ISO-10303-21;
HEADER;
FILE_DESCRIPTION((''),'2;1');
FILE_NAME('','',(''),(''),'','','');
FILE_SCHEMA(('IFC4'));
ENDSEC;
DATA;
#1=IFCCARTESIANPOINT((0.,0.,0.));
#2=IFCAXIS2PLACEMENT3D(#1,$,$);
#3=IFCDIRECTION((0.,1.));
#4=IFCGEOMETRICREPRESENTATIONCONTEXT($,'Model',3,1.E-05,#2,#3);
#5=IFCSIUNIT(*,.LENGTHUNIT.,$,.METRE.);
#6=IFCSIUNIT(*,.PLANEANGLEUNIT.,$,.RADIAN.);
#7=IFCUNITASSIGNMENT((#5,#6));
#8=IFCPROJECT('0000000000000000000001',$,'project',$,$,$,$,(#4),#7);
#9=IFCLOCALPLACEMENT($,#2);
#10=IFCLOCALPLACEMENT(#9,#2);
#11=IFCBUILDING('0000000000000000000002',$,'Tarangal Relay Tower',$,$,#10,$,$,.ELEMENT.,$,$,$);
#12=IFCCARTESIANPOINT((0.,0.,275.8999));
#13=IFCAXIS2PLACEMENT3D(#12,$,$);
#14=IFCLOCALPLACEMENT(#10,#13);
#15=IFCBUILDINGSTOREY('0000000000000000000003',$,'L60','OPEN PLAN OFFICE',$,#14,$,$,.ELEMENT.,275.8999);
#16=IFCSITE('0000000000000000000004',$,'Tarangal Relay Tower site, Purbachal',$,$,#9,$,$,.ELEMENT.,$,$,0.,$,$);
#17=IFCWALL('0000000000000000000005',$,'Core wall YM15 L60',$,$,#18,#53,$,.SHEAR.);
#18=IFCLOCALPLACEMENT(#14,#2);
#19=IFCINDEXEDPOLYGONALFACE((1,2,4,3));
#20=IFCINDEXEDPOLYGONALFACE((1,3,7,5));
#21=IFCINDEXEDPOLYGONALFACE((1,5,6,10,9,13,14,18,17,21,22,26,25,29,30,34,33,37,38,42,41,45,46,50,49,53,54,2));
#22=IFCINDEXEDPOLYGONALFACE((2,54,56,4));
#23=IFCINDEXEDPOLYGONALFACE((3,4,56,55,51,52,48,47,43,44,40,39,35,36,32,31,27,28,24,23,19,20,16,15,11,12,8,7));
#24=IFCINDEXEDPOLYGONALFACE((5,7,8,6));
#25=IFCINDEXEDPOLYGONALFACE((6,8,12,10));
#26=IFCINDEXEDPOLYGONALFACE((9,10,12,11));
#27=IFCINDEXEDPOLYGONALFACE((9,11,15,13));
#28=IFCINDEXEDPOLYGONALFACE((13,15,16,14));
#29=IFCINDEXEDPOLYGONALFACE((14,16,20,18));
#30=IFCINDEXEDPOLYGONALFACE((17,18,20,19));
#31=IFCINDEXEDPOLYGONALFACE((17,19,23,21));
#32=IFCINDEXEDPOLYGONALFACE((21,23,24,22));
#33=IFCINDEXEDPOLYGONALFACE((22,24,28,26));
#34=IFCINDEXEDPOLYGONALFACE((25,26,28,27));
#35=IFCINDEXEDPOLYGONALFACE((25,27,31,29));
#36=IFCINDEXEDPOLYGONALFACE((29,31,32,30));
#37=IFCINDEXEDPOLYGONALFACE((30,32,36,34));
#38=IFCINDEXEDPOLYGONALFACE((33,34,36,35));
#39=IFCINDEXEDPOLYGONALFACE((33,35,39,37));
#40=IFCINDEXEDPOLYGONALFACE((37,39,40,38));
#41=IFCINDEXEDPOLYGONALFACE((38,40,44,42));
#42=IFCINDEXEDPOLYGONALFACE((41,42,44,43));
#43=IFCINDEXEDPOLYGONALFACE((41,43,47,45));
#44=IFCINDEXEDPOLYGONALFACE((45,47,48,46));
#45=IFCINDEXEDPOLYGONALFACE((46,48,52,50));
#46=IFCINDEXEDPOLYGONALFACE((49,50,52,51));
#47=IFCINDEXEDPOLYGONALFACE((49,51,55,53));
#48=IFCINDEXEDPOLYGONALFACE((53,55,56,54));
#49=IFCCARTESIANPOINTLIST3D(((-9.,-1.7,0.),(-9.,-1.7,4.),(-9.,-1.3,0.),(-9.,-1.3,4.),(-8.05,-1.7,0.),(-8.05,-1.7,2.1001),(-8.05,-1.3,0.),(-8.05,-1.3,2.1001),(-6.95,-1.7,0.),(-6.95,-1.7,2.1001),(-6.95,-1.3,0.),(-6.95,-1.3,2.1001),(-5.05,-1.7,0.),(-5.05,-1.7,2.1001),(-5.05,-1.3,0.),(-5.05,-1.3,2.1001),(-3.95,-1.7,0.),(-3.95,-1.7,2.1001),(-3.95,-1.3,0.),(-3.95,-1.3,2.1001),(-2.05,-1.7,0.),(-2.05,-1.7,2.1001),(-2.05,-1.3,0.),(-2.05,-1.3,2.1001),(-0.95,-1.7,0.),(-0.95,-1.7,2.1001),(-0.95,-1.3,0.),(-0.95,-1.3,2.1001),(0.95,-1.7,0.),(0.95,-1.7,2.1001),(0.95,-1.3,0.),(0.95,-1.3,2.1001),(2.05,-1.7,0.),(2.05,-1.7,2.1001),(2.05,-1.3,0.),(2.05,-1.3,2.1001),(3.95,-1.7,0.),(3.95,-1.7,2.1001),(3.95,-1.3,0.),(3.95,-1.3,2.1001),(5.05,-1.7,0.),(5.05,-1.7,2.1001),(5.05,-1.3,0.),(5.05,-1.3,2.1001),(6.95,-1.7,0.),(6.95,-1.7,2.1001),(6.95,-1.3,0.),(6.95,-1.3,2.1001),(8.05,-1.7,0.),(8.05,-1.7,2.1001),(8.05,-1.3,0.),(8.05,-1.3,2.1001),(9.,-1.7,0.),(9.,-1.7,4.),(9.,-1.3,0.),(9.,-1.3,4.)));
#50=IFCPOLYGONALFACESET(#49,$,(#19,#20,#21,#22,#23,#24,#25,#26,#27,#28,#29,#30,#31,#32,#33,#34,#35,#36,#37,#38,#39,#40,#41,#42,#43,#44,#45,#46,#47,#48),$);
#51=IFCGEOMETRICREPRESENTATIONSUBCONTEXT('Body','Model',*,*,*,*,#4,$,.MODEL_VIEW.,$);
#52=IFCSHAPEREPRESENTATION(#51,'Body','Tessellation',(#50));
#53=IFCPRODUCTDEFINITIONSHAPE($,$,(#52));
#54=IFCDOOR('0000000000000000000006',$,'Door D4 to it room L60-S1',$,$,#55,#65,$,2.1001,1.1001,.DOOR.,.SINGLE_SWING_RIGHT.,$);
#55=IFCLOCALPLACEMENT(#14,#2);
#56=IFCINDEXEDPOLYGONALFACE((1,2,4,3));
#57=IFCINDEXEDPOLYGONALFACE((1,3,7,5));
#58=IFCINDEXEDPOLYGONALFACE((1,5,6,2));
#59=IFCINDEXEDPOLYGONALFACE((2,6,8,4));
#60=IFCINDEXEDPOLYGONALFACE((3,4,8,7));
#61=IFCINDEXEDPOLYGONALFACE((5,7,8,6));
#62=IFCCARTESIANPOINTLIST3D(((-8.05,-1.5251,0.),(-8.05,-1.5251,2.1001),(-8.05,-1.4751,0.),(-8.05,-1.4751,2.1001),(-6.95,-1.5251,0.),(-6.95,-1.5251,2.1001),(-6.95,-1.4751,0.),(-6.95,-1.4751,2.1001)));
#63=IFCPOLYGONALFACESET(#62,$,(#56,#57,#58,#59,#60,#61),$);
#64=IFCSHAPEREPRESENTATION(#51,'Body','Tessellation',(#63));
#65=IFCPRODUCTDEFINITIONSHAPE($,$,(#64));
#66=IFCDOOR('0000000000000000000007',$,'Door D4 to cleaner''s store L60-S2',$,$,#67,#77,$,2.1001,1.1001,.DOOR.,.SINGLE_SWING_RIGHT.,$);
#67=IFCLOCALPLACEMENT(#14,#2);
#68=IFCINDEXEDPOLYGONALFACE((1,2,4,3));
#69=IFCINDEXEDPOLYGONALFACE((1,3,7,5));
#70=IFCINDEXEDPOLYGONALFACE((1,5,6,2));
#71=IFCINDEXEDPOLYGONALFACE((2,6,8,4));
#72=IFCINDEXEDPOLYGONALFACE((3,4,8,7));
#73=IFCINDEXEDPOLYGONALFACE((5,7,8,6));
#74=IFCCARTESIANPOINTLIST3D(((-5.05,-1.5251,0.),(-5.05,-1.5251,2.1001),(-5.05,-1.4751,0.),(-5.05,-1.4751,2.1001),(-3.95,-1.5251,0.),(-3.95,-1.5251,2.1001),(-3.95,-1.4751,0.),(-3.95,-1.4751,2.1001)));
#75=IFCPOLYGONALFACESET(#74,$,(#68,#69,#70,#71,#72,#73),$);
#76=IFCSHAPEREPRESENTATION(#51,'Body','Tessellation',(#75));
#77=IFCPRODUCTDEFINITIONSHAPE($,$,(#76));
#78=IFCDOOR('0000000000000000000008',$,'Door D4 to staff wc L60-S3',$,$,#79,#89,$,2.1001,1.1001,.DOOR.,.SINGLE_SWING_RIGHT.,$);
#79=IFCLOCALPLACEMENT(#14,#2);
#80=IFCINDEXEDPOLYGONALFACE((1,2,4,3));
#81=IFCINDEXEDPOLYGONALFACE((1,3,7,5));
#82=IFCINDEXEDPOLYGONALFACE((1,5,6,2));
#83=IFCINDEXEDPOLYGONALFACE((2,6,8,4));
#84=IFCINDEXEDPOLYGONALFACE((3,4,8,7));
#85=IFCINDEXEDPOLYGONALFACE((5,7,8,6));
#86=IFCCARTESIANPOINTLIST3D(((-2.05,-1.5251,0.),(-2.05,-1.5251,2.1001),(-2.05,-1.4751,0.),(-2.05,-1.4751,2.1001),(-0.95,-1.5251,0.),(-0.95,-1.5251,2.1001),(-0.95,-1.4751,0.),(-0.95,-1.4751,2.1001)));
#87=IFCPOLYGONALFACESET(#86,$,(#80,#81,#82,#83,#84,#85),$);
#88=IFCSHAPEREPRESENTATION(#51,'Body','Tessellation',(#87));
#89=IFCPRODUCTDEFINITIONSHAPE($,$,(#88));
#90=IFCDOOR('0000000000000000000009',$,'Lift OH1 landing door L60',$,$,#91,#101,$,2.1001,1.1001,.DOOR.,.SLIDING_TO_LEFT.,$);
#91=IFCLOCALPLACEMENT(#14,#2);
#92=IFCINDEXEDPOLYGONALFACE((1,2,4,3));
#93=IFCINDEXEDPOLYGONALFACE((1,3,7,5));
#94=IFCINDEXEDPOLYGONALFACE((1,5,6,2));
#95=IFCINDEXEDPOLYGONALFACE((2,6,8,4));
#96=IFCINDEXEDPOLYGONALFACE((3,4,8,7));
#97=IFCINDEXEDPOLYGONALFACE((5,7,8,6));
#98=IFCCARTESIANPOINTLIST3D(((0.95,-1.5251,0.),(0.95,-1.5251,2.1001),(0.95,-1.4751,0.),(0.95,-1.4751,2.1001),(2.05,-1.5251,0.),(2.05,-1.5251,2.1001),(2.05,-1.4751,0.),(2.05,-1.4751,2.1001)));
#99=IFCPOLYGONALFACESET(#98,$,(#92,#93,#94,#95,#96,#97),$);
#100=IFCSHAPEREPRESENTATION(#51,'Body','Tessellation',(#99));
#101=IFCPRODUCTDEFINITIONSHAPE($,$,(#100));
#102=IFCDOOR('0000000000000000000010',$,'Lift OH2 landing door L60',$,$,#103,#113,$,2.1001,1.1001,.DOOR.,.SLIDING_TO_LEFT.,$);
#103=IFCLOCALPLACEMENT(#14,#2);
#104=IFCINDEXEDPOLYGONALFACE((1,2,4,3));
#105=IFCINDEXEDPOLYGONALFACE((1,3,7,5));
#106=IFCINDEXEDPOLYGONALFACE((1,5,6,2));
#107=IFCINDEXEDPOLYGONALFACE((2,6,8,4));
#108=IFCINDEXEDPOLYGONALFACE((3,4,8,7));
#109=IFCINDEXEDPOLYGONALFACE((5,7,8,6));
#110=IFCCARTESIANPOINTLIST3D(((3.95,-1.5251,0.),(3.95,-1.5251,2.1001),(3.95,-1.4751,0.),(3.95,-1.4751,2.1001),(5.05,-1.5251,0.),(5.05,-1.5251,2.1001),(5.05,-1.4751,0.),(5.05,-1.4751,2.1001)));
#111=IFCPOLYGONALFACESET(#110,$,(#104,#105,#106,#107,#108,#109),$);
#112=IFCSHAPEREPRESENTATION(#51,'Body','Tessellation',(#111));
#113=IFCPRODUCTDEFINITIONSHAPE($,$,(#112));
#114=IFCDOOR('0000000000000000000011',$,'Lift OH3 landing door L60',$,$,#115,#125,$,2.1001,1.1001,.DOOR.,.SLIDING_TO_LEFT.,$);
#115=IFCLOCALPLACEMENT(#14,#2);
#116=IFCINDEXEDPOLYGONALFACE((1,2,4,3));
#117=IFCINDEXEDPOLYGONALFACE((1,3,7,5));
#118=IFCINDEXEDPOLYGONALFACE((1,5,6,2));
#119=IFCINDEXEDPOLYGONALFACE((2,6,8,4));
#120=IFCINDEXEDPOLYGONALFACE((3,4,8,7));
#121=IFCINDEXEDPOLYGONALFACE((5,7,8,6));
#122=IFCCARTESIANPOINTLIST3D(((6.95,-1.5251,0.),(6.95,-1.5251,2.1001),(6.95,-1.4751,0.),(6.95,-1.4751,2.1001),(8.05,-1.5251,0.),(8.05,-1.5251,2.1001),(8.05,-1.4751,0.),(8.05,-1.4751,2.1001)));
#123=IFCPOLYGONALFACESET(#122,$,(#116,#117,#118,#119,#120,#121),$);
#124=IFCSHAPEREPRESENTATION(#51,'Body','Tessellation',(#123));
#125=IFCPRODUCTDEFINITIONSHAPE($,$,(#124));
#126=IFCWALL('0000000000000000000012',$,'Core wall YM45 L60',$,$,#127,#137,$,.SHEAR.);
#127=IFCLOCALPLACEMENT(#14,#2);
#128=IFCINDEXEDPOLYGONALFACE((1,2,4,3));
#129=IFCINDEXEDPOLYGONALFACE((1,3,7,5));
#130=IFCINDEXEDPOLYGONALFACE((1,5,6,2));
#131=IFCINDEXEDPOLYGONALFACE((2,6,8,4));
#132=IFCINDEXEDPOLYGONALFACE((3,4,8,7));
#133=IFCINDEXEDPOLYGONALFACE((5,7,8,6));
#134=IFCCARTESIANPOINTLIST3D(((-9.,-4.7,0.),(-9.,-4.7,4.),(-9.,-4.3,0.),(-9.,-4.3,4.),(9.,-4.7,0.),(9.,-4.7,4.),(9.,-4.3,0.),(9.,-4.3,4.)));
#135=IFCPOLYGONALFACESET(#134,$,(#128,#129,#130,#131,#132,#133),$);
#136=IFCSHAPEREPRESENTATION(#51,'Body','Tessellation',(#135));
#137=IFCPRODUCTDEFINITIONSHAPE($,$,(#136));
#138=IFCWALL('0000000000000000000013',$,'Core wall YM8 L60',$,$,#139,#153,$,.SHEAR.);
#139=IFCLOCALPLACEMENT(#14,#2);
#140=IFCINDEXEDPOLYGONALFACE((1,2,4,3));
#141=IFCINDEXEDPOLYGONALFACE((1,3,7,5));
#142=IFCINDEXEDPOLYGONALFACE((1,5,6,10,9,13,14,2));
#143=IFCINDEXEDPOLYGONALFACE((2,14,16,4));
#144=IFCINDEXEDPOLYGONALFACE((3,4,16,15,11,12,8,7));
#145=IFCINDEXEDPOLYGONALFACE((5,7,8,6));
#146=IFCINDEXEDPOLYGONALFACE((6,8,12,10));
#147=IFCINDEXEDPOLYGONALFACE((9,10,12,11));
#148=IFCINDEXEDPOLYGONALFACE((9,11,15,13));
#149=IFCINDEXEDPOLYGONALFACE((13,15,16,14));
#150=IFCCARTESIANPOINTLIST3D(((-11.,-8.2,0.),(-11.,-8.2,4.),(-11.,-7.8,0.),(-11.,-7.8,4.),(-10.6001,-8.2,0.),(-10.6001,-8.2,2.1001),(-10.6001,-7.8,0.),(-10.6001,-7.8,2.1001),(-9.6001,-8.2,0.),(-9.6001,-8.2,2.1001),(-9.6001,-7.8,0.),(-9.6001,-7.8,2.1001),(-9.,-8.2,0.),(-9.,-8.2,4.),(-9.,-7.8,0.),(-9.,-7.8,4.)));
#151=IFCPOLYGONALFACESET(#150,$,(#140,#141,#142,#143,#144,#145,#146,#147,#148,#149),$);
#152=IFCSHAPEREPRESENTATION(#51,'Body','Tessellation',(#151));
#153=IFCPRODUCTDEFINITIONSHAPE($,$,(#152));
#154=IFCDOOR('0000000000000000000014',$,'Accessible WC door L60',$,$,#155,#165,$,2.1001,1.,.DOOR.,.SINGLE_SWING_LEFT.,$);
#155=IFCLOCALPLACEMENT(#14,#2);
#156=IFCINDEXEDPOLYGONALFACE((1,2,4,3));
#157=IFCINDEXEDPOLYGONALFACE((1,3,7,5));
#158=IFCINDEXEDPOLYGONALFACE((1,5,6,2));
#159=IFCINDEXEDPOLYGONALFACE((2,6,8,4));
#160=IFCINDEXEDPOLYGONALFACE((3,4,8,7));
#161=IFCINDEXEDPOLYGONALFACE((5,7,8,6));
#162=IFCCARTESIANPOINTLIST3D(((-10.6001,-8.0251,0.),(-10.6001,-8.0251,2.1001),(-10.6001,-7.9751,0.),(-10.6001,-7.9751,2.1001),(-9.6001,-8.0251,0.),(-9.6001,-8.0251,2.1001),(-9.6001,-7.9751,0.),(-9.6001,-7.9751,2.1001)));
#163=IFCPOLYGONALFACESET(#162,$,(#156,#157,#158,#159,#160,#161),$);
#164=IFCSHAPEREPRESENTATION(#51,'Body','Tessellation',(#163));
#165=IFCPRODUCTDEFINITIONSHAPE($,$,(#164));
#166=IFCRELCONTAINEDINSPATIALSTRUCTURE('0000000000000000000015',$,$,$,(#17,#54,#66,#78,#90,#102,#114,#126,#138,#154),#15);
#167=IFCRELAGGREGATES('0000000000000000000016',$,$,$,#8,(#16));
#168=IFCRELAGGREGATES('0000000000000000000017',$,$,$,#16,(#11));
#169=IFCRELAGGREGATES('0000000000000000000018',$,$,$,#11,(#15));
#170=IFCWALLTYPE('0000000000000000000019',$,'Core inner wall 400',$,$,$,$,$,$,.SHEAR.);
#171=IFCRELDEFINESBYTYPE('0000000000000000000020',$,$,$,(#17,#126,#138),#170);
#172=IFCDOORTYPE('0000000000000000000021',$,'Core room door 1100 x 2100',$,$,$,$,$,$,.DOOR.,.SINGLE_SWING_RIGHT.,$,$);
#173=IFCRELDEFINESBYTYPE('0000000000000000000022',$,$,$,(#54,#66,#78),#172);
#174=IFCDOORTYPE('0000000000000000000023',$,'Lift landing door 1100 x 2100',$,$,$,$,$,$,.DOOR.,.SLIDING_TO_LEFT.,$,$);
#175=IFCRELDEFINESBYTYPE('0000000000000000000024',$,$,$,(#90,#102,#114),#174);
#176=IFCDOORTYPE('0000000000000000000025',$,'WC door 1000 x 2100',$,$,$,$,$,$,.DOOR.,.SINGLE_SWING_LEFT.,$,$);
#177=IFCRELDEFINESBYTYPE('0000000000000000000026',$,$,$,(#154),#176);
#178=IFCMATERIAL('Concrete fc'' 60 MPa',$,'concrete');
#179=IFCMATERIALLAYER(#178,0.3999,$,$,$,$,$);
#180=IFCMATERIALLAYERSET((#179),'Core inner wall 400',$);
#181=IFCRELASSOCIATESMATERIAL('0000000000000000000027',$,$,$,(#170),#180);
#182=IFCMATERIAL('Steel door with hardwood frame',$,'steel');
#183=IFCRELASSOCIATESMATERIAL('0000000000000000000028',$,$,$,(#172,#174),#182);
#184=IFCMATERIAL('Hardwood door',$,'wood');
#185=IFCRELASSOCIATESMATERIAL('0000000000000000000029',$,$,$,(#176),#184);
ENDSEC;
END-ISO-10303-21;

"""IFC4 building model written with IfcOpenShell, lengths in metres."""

from ifc_helpers import new_model, si_unit, direction, frame, frame_2d, origin, place, context, subcontext, project, spatial, rectangle, extrude, material, layer, layer_set, type_object, element, fill, save


model = new_model("IFC4")

# Units and contexts
model_context = context("Model", 3, precision=1e-05, world=origin(), true_north=direction((0.0, 1.0)))
body_context = subcontext(model_context, "Body", "Model", "MODEL_VIEW")
ifc_project = project(units=[si_unit("LENGTHUNIT", "METRE"), si_unit("PLANEANGLEUNIT", "RADIAN")], contexts=[model_context])

# Site, building, storey
site_placement = place(None, origin())
site = spatial("IfcSite", under=ifc_project, at=site_placement, Name="Tarangal Relay Tower site, Purbachal", CompositionType="ELEMENT", RefElevation=0.0)
building_placement = place(site_placement, origin())
building = spatial("IfcBuilding", under=site, at=building_placement, Name="Tarangal Relay Tower", CompositionType="ELEMENT")
storey_placement = place(building_placement, frame((0.0, 0.0, 275.8999)))
storey = spatial("IfcBuildingStorey", under=building, at=storey_placement, Name="L60", Description="OPEN PLAN OFFICE", CompositionType="ELEMENT", Elevation=275.8999)

# Wall, openings, doors
ifc_material_1 = material(Name="Concrete fc' 60 MPa", Category="concrete")
ifc_layer_1 = layer(ifc_material_1, 0.3999)
ifc_layer_set_1 = layer_set([ifc_layer_1], Name="Core inner wall 400")
wall_type_1 = type_object("IfcWallType", Name="Core inner wall 400", PredefinedType="SHEAR", material=ifc_layer_set_1)
wall_1_placement = place(storey_placement, frame((-9.0, -1.5, 0.0), z_axis=(0.0, 0.0, 1.0), x_axis=(1.0, 0.0, 0.0)))
wall_1 = element("IfcWall", 1, at=wall_1_placement, inside=storey, type_object=wall_type_1, Name="Core wall YM15 L60", PredefinedType="SHEAR", context=body_context, shape_type="SweptSolid", body=[
    extrude(rectangle(XDim=18.0, YDim=0.3999, at=frame_2d((9.0, 0.0))), origin(), (0.0, 0.0, 1.0), 4.0),
])
opening_1_placement = place(wall_1_placement, frame((9.95, 0.0, 0.0)))
opening_1 = element("IfcOpeningElement", 2, at=opening_1_placement, cuts=wall_1, PredefinedType="OPENING", context=body_context, shape_type="SweptSolid", body=[
    extrude(rectangle(XDim=1.1001, YDim=2.1001, at=frame_2d((0.55, 1.05))), frame((0.0, 0.21, 0.0), z_axis=(0.0, -1.0, 0.0), x_axis=(1.0, 0.0, 0.0)), (0.0, 0.0, 1.0), 0.4199),
])
opening_2_placement = place(wall_1_placement, frame((12.95, 0.0, 0.0)))
opening_2 = element("IfcOpeningElement", 3, at=opening_2_placement, cuts=wall_1, PredefinedType="OPENING", context=body_context, shape_type="SweptSolid", body=[
    extrude(rectangle(XDim=1.1001, YDim=2.1001, at=frame_2d((0.55, 1.05))), frame((0.0, 0.21, 0.0), z_axis=(0.0, -1.0, 0.0), x_axis=(1.0, 0.0, 0.0)), (0.0, 0.0, 1.0), 0.4199),
])
opening_3_placement = place(wall_1_placement, frame((15.95, 0.0, 0.0)))
opening_3 = element("IfcOpeningElement", 4, at=opening_3_placement, cuts=wall_1, PredefinedType="OPENING", context=body_context, shape_type="SweptSolid", body=[
    extrude(rectangle(XDim=1.1001, YDim=2.1001, at=frame_2d((0.55, 1.05))), frame((0.0, 0.21, 0.0), z_axis=(0.0, -1.0, 0.0), x_axis=(1.0, 0.0, 0.0)), (0.0, 0.0, 1.0), 0.4199),
])
opening_4_placement = place(wall_1_placement, frame((0.95, 0.0, 0.0)))
opening_4 = element("IfcOpeningElement", 5, at=opening_4_placement, cuts=wall_1, PredefinedType="OPENING", context=body_context, shape_type="SweptSolid", body=[
    extrude(rectangle(XDim=1.1001, YDim=2.1001, at=frame_2d((0.55, 1.05))), frame((0.0, 0.21, 0.0), z_axis=(0.0, -1.0, 0.0), x_axis=(1.0, 0.0, 0.0)), (0.0, 0.0, 1.0), 0.4199),
])
opening_5_placement = place(wall_1_placement, frame((3.95, 0.0, 0.0)))
opening_5 = element("IfcOpeningElement", 6, at=opening_5_placement, cuts=wall_1, PredefinedType="OPENING", context=body_context, shape_type="SweptSolid", body=[
    extrude(rectangle(XDim=1.1001, YDim=2.1001, at=frame_2d((0.55, 1.05))), frame((0.0, 0.21, 0.0), z_axis=(0.0, -1.0, 0.0), x_axis=(1.0, 0.0, 0.0)), (0.0, 0.0, 1.0), 0.4199),
])
opening_6_placement = place(wall_1_placement, frame((6.95, 0.0, 0.0)))
opening_6 = element("IfcOpeningElement", 7, at=opening_6_placement, cuts=wall_1, PredefinedType="OPENING", context=body_context, shape_type="SweptSolid", body=[
    extrude(rectangle(XDim=1.1001, YDim=2.1001, at=frame_2d((0.55, 1.05))), frame((0.0, 0.21, 0.0), z_axis=(0.0, -1.0, 0.0), x_axis=(1.0, 0.0, 0.0)), (0.0, 0.0, 1.0), 0.4199),
])
ifc_material_2 = material(Name="Steel door with hardwood frame", Category="steel")
door_type_1 = type_object("IfcDoorType", Name="Core room door 1100 x 2100", OperationType="SINGLE_SWING_RIGHT", PredefinedType="DOOR", material=ifc_material_2)
door_1_placement = place(opening_4_placement, origin())
door_1 = element("IfcDoor", 8, at=door_1_placement, inside=storey, type_object=door_type_1, Name="Door D4 to it room L60-S1", OperationType="SINGLE_SWING_RIGHT", OverallHeight=2.1001, OverallWidth=1.1001, PredefinedType="DOOR", context=body_context, shape_type="SweptSolid", body=[
    extrude(rectangle(XDim=1.1001, YDim=2.1001, at=frame_2d((0.55, 1.05))), frame((0.0, 0.0249, 0.0), z_axis=(0.0, -1.0, 0.0), x_axis=(1.0, 0.0, 0.0)), (0.0, 0.0, 1.0), 0.05),
])
fill(opening_4, door_1)
door_2_placement = place(opening_5_placement, origin())
door_2 = element("IfcDoor", 9, at=door_2_placement, inside=storey, type_object=door_type_1, Name="Door D4 to cleaner's store L60-S2", OperationType="SINGLE_SWING_RIGHT", OverallHeight=2.1001, OverallWidth=1.1001, PredefinedType="DOOR", context=body_context, shape_type="SweptSolid", body=[
    extrude(rectangle(XDim=1.1001, YDim=2.1001, at=frame_2d((0.55, 1.05))), frame((0.0, 0.0249, 0.0), z_axis=(0.0, -1.0, 0.0), x_axis=(1.0, 0.0, 0.0)), (0.0, 0.0, 1.0), 0.05),
])
fill(opening_5, door_2)
door_3_placement = place(opening_6_placement, origin())
door_3 = element("IfcDoor", 10, at=door_3_placement, inside=storey, type_object=door_type_1, Name="Door D4 to staff wc L60-S3", OperationType="SINGLE_SWING_RIGHT", OverallHeight=2.1001, OverallWidth=1.1001, PredefinedType="DOOR", context=body_context, shape_type="SweptSolid", body=[
    extrude(rectangle(XDim=1.1001, YDim=2.1001, at=frame_2d((0.55, 1.05))), frame((0.0, 0.0249, 0.0), z_axis=(0.0, -1.0, 0.0), x_axis=(1.0, 0.0, 0.0)), (0.0, 0.0, 1.0), 0.05),
])
fill(opening_6, door_3)
door_type_2 = type_object("IfcDoorType", Name="Lift landing door 1100 x 2100", OperationType="SLIDING_TO_LEFT", PredefinedType="DOOR", material=ifc_material_2)
door_4_placement = place(opening_1_placement, origin())
door_4 = element("IfcDoor", 11, at=door_4_placement, inside=storey, type_object=door_type_2, Name="Lift OH1 landing door L60", OperationType="SLIDING_TO_LEFT", OverallHeight=2.1001, OverallWidth=1.1001, PredefinedType="DOOR", context=body_context, shape_type="SweptSolid", body=[
    extrude(rectangle(XDim=1.1001, YDim=2.1001, at=frame_2d((0.55, 1.05))), frame((0.0, 0.0249, 0.0), z_axis=(0.0, -1.0, 0.0), x_axis=(1.0, 0.0, 0.0)), (0.0, 0.0, 1.0), 0.05),
])
fill(opening_1, door_4)
door_5_placement = place(opening_2_placement, origin())
door_5 = element("IfcDoor", 12, at=door_5_placement, inside=storey, type_object=door_type_2, Name="Lift OH2 landing door L60", OperationType="SLIDING_TO_LEFT", OverallHeight=2.1001, OverallWidth=1.1001, PredefinedType="DOOR", context=body_context, shape_type="SweptSolid", body=[
    extrude(rectangle(XDim=1.1001, YDim=2.1001, at=frame_2d((0.55, 1.05))), frame((0.0, 0.0249, 0.0), z_axis=(0.0, -1.0, 0.0), x_axis=(1.0, 0.0, 0.0)), (0.0, 0.0, 1.0), 0.05),
])
fill(opening_2, door_5)
door_6_placement = place(opening_3_placement, origin())
door_6 = element("IfcDoor", 13, at=door_6_placement, inside=storey, type_object=door_type_2, Name="Lift OH3 landing door L60", OperationType="SLIDING_TO_LEFT", OverallHeight=2.1001, OverallWidth=1.1001, PredefinedType="DOOR", context=body_context, shape_type="SweptSolid", body=[
    extrude(rectangle(XDim=1.1001, YDim=2.1001, at=frame_2d((0.55, 1.05))), frame((0.0, 0.0249, 0.0), z_axis=(0.0, -1.0, 0.0), x_axis=(1.0, 0.0, 0.0)), (0.0, 0.0, 1.0), 0.05),
])
fill(opening_3, door_6)

# Wall
wall_2_placement = place(storey_placement, frame((-9.0, -4.5, 0.0), z_axis=(0.0, 0.0, 1.0), x_axis=(1.0, 0.0, 0.0)))
element("IfcWall", 14, at=wall_2_placement, inside=storey, type_object=wall_type_1, Name="Core wall YM45 L60", PredefinedType="SHEAR", context=body_context, shape_type="SweptSolid", body=[
    extrude(rectangle(XDim=18.0, YDim=0.3999, at=frame_2d((9.0, 0.0))), origin(), (0.0, 0.0, 1.0), 4.0),
])

# Wall, opening, door
wall_3_placement = place(storey_placement, frame((-11.0, -8.0, 0.0), z_axis=(0.0, 0.0, 1.0), x_axis=(1.0, 0.0, 0.0)))
wall_3 = element("IfcWall", 15, at=wall_3_placement, inside=storey, type_object=wall_type_1, Name="Core wall YM8 L60", PredefinedType="SHEAR", context=body_context, shape_type="SweptSolid", body=[
    extrude(rectangle(XDim=2.0, YDim=0.3999, at=frame_2d((1.0, 0.0))), origin(), (0.0, 0.0, 1.0), 4.0),
])
opening_7_placement = place(wall_3_placement, frame((0.3999, 0.0, 0.0)))
opening_7 = element("IfcOpeningElement", 16, at=opening_7_placement, cuts=wall_3, PredefinedType="OPENING", context=body_context, shape_type="SweptSolid", body=[
    extrude(rectangle(XDim=1.0, YDim=2.1001, at=frame_2d((0.5, 1.05))), frame((0.0, 0.21, 0.0), z_axis=(0.0, -1.0, 0.0), x_axis=(1.0, 0.0, 0.0)), (0.0, 0.0, 1.0), 0.4199),
])
ifc_material_3 = material(Name="Hardwood door", Category="wood")
door_type_3 = type_object("IfcDoorType", Name="WC door 1000 x 2100", OperationType="SINGLE_SWING_LEFT", PredefinedType="DOOR", material=ifc_material_3)
door_7_placement = place(opening_7_placement, origin())
door_7 = element("IfcDoor", 17, at=door_7_placement, inside=storey, type_object=door_type_3, Name="Accessible WC door L60", OperationType="SINGLE_SWING_LEFT", OverallHeight=2.1001, OverallWidth=1.0, PredefinedType="DOOR", context=body_context, shape_type="SweptSolid", body=[
    extrude(rectangle(XDim=1.0, YDim=2.1001, at=frame_2d((0.5, 1.05))), frame((0.0, 0.0249, 0.0), z_axis=(0.0, -1.0, 0.0), x_axis=(1.0, 0.0, 0.0)), (0.0, 0.0, 1.0), 0.05),
])
fill(opening_7, door_7)

save(model, "model.ifc")
